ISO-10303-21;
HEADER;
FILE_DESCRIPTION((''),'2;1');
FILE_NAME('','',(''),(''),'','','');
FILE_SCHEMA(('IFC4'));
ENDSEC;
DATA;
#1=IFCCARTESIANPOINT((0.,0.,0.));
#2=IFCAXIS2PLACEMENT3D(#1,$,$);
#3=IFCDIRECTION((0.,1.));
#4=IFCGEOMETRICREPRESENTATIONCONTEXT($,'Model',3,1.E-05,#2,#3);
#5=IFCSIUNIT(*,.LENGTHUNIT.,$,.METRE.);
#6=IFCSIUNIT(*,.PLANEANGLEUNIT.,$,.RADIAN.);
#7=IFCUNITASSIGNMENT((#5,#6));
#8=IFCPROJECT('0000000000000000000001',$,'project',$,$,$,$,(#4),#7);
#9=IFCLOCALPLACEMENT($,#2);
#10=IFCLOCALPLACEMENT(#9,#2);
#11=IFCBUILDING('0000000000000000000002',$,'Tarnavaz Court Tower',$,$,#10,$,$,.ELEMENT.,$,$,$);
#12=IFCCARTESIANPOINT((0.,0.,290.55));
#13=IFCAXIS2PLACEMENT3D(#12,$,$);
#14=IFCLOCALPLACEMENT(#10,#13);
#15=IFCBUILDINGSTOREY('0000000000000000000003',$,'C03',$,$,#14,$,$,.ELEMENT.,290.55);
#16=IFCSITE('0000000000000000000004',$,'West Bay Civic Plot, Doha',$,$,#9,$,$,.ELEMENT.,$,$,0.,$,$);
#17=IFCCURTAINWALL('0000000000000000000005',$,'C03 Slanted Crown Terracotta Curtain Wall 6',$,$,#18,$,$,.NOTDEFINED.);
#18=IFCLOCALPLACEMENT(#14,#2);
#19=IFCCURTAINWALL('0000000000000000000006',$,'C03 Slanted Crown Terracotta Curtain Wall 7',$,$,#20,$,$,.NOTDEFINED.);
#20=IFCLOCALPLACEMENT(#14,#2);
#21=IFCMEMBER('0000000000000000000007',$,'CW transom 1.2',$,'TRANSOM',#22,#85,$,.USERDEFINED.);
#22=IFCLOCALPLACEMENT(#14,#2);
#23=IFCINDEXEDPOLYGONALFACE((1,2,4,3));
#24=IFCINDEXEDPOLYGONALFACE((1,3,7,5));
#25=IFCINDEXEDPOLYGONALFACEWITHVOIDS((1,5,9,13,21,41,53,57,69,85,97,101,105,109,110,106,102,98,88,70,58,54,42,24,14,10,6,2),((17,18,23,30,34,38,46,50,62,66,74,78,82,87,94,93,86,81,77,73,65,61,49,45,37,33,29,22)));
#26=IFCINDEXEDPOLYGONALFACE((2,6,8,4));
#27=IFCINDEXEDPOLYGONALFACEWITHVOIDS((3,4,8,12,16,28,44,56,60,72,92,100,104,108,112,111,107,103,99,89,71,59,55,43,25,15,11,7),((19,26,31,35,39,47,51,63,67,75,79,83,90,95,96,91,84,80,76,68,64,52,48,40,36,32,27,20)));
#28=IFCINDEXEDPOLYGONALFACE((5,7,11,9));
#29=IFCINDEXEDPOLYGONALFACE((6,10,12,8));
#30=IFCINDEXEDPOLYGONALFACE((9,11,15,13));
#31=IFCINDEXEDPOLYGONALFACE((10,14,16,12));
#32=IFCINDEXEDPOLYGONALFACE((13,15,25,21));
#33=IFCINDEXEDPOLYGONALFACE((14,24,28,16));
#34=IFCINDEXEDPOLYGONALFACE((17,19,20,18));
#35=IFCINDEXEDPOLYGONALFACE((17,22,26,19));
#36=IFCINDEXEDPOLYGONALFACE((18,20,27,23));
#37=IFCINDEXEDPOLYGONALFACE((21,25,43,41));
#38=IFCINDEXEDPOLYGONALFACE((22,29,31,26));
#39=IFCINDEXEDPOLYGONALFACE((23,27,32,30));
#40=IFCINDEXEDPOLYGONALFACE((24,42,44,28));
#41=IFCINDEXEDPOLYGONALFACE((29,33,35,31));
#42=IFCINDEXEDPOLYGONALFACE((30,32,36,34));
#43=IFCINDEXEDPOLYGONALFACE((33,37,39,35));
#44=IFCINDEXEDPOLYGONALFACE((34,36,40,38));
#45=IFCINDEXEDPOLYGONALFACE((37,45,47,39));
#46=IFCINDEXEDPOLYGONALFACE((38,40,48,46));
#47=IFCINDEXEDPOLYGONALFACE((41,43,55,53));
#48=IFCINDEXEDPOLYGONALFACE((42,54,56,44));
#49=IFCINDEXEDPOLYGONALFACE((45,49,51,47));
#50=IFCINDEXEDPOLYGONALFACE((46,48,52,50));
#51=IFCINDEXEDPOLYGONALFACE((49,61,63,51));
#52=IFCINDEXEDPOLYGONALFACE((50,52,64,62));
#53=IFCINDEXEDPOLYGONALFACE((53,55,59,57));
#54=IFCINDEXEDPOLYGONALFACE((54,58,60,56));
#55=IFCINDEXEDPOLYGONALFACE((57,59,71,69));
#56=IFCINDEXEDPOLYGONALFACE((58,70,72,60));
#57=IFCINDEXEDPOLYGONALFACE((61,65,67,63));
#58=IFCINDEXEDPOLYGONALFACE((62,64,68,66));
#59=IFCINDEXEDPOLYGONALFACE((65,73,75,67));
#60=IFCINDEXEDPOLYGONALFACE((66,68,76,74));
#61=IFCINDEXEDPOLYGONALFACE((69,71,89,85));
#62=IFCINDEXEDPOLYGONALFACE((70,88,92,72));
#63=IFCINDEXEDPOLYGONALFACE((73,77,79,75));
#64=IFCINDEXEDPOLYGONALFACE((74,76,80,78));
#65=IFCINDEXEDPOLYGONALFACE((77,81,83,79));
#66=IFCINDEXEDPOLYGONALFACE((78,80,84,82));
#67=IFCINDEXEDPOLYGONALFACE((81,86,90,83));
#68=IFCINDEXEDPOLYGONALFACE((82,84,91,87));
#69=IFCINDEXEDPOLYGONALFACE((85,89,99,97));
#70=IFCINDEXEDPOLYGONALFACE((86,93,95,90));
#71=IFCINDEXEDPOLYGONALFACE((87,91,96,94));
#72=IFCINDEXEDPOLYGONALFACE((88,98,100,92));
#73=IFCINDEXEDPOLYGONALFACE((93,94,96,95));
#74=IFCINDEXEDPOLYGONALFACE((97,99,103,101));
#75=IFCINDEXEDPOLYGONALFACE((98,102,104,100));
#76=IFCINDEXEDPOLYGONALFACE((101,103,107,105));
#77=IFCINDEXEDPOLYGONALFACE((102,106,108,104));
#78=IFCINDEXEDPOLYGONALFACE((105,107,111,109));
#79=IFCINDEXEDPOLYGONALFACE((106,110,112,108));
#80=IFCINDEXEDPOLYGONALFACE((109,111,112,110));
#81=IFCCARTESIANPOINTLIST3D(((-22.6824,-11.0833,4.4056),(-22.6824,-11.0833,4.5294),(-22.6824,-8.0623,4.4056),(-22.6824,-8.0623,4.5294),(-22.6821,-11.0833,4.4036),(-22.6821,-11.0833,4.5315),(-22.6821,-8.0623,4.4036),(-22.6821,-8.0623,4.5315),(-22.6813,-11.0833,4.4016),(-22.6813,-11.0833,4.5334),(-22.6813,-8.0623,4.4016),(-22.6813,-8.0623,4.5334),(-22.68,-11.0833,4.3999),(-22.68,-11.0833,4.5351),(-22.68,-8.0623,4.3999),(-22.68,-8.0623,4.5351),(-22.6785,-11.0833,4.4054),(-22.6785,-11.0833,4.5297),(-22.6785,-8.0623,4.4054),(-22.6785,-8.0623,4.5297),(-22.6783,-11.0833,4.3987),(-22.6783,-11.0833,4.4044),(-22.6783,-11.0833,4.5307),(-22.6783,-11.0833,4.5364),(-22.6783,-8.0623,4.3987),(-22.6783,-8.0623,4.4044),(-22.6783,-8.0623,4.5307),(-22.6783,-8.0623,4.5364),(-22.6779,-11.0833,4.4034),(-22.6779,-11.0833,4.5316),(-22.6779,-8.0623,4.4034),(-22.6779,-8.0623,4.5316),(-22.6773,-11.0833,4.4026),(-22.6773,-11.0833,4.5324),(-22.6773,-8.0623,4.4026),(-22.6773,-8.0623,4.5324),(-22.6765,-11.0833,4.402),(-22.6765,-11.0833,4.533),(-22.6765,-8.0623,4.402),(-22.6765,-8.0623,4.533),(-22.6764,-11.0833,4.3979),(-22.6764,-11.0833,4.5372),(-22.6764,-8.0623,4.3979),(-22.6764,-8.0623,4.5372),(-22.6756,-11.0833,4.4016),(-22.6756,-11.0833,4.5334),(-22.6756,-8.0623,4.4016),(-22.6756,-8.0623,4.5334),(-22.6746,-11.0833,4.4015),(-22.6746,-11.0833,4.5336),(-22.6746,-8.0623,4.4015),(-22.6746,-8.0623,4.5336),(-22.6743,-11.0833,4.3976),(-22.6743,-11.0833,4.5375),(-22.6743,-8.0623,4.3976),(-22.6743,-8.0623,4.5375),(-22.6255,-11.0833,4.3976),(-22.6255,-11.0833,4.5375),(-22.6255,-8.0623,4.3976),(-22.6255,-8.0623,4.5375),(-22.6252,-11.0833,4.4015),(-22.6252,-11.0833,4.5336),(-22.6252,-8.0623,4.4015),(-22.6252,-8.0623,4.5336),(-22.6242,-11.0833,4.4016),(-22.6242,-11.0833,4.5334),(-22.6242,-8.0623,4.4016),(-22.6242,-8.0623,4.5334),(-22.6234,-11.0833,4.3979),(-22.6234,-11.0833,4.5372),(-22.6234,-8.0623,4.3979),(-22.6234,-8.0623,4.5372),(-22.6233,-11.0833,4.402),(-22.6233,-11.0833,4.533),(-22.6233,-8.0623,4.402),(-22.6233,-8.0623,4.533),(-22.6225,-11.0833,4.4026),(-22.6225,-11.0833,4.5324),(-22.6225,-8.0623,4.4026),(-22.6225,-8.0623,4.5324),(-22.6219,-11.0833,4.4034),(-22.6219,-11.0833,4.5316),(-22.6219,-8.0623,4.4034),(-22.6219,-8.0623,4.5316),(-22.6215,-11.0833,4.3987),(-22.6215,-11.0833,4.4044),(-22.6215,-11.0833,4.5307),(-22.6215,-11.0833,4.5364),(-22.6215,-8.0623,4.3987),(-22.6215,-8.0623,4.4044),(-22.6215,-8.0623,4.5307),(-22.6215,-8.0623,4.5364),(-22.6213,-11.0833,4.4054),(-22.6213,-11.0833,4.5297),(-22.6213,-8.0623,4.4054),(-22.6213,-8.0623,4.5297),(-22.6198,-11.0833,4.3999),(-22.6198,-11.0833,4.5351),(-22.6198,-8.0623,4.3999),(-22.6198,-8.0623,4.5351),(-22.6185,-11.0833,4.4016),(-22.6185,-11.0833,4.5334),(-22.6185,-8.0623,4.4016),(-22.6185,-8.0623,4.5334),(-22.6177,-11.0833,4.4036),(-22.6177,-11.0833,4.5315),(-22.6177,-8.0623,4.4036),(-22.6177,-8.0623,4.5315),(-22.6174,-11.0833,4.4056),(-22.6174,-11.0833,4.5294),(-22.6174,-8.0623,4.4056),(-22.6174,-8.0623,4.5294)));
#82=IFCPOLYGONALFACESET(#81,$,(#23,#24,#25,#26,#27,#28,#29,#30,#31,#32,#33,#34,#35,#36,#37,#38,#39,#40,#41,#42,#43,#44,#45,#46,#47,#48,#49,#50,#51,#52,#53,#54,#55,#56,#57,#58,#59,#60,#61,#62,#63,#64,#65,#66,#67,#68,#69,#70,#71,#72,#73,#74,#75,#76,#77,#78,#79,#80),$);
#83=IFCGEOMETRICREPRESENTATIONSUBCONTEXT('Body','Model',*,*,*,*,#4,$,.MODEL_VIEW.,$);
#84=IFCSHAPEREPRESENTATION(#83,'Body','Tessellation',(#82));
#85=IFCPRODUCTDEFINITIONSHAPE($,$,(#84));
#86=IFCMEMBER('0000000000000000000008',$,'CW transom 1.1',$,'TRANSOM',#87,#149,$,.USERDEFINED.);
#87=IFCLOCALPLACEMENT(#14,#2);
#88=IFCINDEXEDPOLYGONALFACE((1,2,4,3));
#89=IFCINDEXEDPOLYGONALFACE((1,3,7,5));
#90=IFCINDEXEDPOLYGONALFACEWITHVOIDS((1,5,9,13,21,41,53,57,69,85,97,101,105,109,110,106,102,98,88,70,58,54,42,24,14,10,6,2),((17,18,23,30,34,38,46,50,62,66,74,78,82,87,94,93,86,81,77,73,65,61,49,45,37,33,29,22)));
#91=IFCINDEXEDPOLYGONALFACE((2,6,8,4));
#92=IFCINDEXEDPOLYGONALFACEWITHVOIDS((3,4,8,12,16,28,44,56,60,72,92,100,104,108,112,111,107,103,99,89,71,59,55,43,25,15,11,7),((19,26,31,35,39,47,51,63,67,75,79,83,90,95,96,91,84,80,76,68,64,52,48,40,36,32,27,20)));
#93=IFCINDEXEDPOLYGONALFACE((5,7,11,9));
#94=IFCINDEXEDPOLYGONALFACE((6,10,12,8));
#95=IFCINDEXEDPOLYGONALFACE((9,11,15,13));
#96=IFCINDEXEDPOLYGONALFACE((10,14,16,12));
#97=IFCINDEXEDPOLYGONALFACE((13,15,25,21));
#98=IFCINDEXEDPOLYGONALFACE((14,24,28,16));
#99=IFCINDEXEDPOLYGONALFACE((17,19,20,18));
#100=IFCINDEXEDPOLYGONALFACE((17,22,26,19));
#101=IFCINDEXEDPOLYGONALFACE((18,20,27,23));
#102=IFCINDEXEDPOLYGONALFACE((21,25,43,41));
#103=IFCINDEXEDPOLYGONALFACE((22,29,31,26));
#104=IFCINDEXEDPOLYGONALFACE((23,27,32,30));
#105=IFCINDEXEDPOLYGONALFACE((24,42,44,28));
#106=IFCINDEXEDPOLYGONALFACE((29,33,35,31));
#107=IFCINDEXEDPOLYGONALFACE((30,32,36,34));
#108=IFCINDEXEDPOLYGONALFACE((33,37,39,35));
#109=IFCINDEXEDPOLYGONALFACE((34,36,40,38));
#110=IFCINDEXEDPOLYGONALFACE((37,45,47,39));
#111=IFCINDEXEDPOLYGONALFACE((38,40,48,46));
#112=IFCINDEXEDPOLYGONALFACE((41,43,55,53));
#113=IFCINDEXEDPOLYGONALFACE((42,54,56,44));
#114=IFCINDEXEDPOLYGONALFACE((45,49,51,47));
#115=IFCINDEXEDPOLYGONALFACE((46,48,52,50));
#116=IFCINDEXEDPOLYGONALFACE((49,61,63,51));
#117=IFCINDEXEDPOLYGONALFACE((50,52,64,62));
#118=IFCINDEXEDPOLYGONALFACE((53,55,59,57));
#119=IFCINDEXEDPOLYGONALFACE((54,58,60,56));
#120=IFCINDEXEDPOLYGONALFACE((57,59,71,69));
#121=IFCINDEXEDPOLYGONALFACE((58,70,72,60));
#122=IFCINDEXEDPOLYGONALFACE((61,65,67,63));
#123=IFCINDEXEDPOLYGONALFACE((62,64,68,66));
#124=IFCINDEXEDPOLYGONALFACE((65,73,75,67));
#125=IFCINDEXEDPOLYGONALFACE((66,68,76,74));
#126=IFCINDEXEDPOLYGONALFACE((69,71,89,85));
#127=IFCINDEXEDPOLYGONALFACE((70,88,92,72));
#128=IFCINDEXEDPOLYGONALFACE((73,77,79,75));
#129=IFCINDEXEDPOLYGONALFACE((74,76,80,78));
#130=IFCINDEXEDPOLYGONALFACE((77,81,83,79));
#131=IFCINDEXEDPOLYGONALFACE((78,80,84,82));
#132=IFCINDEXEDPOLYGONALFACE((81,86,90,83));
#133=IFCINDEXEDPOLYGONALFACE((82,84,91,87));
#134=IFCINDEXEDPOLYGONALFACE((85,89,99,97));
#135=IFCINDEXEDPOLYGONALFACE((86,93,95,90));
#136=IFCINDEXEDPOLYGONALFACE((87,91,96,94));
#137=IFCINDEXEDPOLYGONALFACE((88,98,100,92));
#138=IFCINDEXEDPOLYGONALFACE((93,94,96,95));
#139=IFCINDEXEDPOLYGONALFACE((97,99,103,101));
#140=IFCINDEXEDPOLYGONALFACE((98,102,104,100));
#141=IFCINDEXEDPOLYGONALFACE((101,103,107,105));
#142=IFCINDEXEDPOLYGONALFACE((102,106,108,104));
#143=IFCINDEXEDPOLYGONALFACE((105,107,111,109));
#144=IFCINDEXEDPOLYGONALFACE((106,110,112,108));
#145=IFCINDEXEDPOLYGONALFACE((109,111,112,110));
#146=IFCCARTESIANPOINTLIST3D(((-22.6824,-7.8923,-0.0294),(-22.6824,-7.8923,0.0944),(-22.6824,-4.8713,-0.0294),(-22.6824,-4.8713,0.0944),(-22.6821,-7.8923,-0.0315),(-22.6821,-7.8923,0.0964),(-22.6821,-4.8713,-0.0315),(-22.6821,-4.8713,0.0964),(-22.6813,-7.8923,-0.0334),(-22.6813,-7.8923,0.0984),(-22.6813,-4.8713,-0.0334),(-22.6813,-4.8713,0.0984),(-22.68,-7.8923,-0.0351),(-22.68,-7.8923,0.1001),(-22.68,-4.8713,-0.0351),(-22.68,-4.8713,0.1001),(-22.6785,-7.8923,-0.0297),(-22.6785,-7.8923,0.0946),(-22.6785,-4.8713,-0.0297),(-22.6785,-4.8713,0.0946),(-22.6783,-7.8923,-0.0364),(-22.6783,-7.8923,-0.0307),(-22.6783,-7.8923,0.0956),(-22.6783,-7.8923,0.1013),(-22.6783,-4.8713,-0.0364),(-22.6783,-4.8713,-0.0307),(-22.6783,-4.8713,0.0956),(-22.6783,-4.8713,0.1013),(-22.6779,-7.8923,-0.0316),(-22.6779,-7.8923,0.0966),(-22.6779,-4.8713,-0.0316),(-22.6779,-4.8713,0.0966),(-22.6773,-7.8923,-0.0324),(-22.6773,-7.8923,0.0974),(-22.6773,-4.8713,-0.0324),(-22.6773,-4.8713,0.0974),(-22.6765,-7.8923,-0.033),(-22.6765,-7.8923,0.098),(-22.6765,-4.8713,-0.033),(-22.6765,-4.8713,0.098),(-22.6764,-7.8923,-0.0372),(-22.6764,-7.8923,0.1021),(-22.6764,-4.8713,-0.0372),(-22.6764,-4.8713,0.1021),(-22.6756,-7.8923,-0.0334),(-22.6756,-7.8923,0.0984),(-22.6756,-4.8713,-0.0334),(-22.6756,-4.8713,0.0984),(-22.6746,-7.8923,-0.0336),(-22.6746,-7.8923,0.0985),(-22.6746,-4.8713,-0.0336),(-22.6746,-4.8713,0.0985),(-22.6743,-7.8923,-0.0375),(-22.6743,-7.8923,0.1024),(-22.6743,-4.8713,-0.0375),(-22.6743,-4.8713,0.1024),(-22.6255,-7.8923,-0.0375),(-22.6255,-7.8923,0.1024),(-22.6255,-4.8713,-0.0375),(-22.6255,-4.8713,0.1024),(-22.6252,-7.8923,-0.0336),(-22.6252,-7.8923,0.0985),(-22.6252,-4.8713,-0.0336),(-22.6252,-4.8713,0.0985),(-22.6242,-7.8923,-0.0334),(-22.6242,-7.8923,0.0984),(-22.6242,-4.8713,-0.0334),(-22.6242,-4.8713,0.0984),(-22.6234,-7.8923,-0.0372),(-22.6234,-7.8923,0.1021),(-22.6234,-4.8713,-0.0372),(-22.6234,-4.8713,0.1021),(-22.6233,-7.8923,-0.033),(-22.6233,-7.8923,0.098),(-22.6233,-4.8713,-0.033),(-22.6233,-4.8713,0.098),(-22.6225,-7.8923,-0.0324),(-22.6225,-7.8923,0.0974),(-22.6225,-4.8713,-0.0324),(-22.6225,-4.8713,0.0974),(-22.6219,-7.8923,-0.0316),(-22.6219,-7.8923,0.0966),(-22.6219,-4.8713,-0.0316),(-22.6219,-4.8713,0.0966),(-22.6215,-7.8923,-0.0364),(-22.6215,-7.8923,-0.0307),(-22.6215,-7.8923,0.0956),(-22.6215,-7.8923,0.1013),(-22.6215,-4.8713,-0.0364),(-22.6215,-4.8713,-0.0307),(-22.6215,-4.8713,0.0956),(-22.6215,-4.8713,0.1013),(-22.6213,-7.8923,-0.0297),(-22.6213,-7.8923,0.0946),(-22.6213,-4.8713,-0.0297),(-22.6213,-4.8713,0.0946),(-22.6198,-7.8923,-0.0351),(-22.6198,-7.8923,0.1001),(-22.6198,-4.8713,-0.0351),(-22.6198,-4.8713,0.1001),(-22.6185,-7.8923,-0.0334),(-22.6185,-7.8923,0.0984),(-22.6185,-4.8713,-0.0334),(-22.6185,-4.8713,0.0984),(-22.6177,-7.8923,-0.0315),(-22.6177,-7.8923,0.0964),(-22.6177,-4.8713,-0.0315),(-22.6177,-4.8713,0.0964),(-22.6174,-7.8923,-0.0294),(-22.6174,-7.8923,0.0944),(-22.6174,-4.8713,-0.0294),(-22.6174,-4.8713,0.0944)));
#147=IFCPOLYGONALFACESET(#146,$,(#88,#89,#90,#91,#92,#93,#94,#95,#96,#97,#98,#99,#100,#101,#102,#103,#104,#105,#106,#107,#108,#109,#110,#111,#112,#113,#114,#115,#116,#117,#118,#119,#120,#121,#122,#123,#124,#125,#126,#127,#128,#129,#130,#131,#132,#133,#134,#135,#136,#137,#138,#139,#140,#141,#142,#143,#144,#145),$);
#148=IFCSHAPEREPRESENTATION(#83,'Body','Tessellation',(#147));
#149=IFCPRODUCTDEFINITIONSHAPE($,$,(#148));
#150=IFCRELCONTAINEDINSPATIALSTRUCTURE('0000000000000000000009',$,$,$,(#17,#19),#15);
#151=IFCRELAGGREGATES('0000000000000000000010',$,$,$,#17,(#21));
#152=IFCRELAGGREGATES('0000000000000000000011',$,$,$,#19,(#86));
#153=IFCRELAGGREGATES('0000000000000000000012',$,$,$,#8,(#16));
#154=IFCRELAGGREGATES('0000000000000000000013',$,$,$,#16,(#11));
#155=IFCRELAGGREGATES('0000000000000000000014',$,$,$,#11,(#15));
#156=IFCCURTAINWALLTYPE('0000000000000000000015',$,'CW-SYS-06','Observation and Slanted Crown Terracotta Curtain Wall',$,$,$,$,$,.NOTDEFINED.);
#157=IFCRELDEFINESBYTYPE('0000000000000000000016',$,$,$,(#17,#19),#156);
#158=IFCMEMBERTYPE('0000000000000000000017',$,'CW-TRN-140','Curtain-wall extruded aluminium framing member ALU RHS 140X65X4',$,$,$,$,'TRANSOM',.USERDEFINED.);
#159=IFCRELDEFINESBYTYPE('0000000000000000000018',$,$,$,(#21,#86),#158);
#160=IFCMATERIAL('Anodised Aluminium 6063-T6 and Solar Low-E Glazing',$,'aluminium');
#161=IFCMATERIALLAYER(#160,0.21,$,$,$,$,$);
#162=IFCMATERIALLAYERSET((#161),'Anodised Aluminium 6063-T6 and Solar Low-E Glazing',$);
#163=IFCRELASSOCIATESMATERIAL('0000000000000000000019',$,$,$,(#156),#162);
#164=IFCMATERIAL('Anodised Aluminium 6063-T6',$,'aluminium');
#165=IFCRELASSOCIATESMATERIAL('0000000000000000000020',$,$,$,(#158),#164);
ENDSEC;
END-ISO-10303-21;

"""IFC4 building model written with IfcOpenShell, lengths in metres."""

from ifc_helpers import new_model, si_unit, direction, frame, origin, origin_2d, place, context, subcontext, project, spatial, hollow_rectangle, extrude, material, layer, layer_set, material_profile, profile_set, type_object, element, aggregate, save


model = new_model("IFC4")

# Units and contexts
model_context = context("Model", 3, precision=1e-05, world=origin(), true_north=direction((0.0, 1.0)))
body_context = subcontext(model_context, "Body", "Model", "MODEL_VIEW")
ifc_project = project(units=[si_unit("LENGTHUNIT", "METRE"), si_unit("PLANEANGLEUNIT", "RADIAN")], contexts=[model_context])

# Site, building, storey
site_placement = place(None, origin())
site = spatial("IfcSite", under=ifc_project, at=site_placement, Name="West Bay Civic Plot, Doha", CompositionType="ELEMENT", RefElevation=0.0)
building_placement = place(site_placement, origin())
building = spatial("IfcBuilding", under=site, at=building_placement, Name="Tarnavaz Court Tower", CompositionType="ELEMENT")
storey_placement = place(building_placement, frame((0.0, 0.0, 290.55)))
storey = spatial("IfcBuildingStorey", under=building, at=storey_placement, Name="C03", CompositionType="ELEMENT", Elevation=290.55)

# Curtain walls
ifc_material_1 = material(Name="Anodised Aluminium 6063-T6 and Solar Low-E Glazing", Category="aluminium")
ifc_layer_1 = layer(ifc_material_1, 0.21)
ifc_layer_set_1 = layer_set([ifc_layer_1], Name="Anodised Aluminium 6063-T6 and Solar Low-E Glazing")
curtain_wall_type = type_object("IfcCurtainWallType", Name="CW-SYS-06", Description="Observation and Slanted Crown Terracotta Curtain Wall", PredefinedType="NOTDEFINED", material=ifc_layer_set_1)
ifc_material_2 = material(Name="Anodised Aluminium 6063-T6", Category="aluminium")
curtain_wall_1_placement = place(storey_placement, origin())
curtain_wall_1 = element("IfcCurtainWall", 1, at=curtain_wall_1_placement, inside=storey, type_object=curtain_wall_type, Name="C03 Slanted Crown Terracotta Curtain Wall 6", PredefinedType="NOTDEFINED")
curtain_wall_2_placement = place(storey_placement, origin())
curtain_wall_2 = element("IfcCurtainWall", 2, at=curtain_wall_2_placement, inside=storey, type_object=curtain_wall_type, Name="C03 Slanted Crown Terracotta Curtain Wall 7", PredefinedType="NOTDEFINED")

# Members
ifc_material_profile_1 = material_profile(ifc_material_2, hollow_rectangle(XDim=0.0649, YDim=0.1399, WallThickness=0.0039, InnerFilletRadius=0.0039, OuterFilletRadius=0.0081, at=origin_2d()), Name="ALU RHS 140X65X4")
ifc_profile_set_1 = profile_set([ifc_material_profile_1], Name="Anodised Aluminium 6063-T6")
member_type_1 = type_object("IfcMemberType", Name="CW-TRN-140", Description="Curtain-wall extruded aluminium framing member ALU RHS 140X65X4", ElementType="TRANSOM", PredefinedType="USERDEFINED", material=ifc_profile_set_1)
member_1_placement = place(storey_placement, frame((-22.6499, -11.0833, 4.4675), z_axis=(0.0, 1.0, 0.0), x_axis=(-1.0, 0.0, 0.0)))
member_1 = element("IfcMember", 3, at=member_1_placement, type_object=member_type_1, Name="CW transom 1.2", ObjectType="TRANSOM", PredefinedType="USERDEFINED", context=body_context, shape_type="SweptSolid", body=[
    extrude(hollow_rectangle(XDim=0.0649, YDim=0.1399, WallThickness=0.0039, InnerFilletRadius=0.0039, OuterFilletRadius=0.0081, at=origin_2d()), origin(), (0.0, 0.0, 1.0), 3.021),
])
member_2_placement = place(storey_placement, frame((-22.6499, -7.8923, 0.0325), z_axis=(0.0, 1.0, 0.0), x_axis=(-1.0, 0.0, 0.0)))
member_2 = element("IfcMember", 4, at=member_2_placement, type_object=member_type_1, Name="CW transom 1.1", ObjectType="TRANSOM", PredefinedType="USERDEFINED", context=body_context, shape_type="SweptSolid", body=[
    extrude(hollow_rectangle(XDim=0.0649, YDim=0.1399, WallThickness=0.0039, InnerFilletRadius=0.0039, OuterFilletRadius=0.0081, at=origin_2d()), origin(), (0.0, 0.0, 1.0), 3.021),
])

aggregate(curtain_wall_1, [member_1])
aggregate(curtain_wall_2, [member_2])

save(model, "model.ifc")
